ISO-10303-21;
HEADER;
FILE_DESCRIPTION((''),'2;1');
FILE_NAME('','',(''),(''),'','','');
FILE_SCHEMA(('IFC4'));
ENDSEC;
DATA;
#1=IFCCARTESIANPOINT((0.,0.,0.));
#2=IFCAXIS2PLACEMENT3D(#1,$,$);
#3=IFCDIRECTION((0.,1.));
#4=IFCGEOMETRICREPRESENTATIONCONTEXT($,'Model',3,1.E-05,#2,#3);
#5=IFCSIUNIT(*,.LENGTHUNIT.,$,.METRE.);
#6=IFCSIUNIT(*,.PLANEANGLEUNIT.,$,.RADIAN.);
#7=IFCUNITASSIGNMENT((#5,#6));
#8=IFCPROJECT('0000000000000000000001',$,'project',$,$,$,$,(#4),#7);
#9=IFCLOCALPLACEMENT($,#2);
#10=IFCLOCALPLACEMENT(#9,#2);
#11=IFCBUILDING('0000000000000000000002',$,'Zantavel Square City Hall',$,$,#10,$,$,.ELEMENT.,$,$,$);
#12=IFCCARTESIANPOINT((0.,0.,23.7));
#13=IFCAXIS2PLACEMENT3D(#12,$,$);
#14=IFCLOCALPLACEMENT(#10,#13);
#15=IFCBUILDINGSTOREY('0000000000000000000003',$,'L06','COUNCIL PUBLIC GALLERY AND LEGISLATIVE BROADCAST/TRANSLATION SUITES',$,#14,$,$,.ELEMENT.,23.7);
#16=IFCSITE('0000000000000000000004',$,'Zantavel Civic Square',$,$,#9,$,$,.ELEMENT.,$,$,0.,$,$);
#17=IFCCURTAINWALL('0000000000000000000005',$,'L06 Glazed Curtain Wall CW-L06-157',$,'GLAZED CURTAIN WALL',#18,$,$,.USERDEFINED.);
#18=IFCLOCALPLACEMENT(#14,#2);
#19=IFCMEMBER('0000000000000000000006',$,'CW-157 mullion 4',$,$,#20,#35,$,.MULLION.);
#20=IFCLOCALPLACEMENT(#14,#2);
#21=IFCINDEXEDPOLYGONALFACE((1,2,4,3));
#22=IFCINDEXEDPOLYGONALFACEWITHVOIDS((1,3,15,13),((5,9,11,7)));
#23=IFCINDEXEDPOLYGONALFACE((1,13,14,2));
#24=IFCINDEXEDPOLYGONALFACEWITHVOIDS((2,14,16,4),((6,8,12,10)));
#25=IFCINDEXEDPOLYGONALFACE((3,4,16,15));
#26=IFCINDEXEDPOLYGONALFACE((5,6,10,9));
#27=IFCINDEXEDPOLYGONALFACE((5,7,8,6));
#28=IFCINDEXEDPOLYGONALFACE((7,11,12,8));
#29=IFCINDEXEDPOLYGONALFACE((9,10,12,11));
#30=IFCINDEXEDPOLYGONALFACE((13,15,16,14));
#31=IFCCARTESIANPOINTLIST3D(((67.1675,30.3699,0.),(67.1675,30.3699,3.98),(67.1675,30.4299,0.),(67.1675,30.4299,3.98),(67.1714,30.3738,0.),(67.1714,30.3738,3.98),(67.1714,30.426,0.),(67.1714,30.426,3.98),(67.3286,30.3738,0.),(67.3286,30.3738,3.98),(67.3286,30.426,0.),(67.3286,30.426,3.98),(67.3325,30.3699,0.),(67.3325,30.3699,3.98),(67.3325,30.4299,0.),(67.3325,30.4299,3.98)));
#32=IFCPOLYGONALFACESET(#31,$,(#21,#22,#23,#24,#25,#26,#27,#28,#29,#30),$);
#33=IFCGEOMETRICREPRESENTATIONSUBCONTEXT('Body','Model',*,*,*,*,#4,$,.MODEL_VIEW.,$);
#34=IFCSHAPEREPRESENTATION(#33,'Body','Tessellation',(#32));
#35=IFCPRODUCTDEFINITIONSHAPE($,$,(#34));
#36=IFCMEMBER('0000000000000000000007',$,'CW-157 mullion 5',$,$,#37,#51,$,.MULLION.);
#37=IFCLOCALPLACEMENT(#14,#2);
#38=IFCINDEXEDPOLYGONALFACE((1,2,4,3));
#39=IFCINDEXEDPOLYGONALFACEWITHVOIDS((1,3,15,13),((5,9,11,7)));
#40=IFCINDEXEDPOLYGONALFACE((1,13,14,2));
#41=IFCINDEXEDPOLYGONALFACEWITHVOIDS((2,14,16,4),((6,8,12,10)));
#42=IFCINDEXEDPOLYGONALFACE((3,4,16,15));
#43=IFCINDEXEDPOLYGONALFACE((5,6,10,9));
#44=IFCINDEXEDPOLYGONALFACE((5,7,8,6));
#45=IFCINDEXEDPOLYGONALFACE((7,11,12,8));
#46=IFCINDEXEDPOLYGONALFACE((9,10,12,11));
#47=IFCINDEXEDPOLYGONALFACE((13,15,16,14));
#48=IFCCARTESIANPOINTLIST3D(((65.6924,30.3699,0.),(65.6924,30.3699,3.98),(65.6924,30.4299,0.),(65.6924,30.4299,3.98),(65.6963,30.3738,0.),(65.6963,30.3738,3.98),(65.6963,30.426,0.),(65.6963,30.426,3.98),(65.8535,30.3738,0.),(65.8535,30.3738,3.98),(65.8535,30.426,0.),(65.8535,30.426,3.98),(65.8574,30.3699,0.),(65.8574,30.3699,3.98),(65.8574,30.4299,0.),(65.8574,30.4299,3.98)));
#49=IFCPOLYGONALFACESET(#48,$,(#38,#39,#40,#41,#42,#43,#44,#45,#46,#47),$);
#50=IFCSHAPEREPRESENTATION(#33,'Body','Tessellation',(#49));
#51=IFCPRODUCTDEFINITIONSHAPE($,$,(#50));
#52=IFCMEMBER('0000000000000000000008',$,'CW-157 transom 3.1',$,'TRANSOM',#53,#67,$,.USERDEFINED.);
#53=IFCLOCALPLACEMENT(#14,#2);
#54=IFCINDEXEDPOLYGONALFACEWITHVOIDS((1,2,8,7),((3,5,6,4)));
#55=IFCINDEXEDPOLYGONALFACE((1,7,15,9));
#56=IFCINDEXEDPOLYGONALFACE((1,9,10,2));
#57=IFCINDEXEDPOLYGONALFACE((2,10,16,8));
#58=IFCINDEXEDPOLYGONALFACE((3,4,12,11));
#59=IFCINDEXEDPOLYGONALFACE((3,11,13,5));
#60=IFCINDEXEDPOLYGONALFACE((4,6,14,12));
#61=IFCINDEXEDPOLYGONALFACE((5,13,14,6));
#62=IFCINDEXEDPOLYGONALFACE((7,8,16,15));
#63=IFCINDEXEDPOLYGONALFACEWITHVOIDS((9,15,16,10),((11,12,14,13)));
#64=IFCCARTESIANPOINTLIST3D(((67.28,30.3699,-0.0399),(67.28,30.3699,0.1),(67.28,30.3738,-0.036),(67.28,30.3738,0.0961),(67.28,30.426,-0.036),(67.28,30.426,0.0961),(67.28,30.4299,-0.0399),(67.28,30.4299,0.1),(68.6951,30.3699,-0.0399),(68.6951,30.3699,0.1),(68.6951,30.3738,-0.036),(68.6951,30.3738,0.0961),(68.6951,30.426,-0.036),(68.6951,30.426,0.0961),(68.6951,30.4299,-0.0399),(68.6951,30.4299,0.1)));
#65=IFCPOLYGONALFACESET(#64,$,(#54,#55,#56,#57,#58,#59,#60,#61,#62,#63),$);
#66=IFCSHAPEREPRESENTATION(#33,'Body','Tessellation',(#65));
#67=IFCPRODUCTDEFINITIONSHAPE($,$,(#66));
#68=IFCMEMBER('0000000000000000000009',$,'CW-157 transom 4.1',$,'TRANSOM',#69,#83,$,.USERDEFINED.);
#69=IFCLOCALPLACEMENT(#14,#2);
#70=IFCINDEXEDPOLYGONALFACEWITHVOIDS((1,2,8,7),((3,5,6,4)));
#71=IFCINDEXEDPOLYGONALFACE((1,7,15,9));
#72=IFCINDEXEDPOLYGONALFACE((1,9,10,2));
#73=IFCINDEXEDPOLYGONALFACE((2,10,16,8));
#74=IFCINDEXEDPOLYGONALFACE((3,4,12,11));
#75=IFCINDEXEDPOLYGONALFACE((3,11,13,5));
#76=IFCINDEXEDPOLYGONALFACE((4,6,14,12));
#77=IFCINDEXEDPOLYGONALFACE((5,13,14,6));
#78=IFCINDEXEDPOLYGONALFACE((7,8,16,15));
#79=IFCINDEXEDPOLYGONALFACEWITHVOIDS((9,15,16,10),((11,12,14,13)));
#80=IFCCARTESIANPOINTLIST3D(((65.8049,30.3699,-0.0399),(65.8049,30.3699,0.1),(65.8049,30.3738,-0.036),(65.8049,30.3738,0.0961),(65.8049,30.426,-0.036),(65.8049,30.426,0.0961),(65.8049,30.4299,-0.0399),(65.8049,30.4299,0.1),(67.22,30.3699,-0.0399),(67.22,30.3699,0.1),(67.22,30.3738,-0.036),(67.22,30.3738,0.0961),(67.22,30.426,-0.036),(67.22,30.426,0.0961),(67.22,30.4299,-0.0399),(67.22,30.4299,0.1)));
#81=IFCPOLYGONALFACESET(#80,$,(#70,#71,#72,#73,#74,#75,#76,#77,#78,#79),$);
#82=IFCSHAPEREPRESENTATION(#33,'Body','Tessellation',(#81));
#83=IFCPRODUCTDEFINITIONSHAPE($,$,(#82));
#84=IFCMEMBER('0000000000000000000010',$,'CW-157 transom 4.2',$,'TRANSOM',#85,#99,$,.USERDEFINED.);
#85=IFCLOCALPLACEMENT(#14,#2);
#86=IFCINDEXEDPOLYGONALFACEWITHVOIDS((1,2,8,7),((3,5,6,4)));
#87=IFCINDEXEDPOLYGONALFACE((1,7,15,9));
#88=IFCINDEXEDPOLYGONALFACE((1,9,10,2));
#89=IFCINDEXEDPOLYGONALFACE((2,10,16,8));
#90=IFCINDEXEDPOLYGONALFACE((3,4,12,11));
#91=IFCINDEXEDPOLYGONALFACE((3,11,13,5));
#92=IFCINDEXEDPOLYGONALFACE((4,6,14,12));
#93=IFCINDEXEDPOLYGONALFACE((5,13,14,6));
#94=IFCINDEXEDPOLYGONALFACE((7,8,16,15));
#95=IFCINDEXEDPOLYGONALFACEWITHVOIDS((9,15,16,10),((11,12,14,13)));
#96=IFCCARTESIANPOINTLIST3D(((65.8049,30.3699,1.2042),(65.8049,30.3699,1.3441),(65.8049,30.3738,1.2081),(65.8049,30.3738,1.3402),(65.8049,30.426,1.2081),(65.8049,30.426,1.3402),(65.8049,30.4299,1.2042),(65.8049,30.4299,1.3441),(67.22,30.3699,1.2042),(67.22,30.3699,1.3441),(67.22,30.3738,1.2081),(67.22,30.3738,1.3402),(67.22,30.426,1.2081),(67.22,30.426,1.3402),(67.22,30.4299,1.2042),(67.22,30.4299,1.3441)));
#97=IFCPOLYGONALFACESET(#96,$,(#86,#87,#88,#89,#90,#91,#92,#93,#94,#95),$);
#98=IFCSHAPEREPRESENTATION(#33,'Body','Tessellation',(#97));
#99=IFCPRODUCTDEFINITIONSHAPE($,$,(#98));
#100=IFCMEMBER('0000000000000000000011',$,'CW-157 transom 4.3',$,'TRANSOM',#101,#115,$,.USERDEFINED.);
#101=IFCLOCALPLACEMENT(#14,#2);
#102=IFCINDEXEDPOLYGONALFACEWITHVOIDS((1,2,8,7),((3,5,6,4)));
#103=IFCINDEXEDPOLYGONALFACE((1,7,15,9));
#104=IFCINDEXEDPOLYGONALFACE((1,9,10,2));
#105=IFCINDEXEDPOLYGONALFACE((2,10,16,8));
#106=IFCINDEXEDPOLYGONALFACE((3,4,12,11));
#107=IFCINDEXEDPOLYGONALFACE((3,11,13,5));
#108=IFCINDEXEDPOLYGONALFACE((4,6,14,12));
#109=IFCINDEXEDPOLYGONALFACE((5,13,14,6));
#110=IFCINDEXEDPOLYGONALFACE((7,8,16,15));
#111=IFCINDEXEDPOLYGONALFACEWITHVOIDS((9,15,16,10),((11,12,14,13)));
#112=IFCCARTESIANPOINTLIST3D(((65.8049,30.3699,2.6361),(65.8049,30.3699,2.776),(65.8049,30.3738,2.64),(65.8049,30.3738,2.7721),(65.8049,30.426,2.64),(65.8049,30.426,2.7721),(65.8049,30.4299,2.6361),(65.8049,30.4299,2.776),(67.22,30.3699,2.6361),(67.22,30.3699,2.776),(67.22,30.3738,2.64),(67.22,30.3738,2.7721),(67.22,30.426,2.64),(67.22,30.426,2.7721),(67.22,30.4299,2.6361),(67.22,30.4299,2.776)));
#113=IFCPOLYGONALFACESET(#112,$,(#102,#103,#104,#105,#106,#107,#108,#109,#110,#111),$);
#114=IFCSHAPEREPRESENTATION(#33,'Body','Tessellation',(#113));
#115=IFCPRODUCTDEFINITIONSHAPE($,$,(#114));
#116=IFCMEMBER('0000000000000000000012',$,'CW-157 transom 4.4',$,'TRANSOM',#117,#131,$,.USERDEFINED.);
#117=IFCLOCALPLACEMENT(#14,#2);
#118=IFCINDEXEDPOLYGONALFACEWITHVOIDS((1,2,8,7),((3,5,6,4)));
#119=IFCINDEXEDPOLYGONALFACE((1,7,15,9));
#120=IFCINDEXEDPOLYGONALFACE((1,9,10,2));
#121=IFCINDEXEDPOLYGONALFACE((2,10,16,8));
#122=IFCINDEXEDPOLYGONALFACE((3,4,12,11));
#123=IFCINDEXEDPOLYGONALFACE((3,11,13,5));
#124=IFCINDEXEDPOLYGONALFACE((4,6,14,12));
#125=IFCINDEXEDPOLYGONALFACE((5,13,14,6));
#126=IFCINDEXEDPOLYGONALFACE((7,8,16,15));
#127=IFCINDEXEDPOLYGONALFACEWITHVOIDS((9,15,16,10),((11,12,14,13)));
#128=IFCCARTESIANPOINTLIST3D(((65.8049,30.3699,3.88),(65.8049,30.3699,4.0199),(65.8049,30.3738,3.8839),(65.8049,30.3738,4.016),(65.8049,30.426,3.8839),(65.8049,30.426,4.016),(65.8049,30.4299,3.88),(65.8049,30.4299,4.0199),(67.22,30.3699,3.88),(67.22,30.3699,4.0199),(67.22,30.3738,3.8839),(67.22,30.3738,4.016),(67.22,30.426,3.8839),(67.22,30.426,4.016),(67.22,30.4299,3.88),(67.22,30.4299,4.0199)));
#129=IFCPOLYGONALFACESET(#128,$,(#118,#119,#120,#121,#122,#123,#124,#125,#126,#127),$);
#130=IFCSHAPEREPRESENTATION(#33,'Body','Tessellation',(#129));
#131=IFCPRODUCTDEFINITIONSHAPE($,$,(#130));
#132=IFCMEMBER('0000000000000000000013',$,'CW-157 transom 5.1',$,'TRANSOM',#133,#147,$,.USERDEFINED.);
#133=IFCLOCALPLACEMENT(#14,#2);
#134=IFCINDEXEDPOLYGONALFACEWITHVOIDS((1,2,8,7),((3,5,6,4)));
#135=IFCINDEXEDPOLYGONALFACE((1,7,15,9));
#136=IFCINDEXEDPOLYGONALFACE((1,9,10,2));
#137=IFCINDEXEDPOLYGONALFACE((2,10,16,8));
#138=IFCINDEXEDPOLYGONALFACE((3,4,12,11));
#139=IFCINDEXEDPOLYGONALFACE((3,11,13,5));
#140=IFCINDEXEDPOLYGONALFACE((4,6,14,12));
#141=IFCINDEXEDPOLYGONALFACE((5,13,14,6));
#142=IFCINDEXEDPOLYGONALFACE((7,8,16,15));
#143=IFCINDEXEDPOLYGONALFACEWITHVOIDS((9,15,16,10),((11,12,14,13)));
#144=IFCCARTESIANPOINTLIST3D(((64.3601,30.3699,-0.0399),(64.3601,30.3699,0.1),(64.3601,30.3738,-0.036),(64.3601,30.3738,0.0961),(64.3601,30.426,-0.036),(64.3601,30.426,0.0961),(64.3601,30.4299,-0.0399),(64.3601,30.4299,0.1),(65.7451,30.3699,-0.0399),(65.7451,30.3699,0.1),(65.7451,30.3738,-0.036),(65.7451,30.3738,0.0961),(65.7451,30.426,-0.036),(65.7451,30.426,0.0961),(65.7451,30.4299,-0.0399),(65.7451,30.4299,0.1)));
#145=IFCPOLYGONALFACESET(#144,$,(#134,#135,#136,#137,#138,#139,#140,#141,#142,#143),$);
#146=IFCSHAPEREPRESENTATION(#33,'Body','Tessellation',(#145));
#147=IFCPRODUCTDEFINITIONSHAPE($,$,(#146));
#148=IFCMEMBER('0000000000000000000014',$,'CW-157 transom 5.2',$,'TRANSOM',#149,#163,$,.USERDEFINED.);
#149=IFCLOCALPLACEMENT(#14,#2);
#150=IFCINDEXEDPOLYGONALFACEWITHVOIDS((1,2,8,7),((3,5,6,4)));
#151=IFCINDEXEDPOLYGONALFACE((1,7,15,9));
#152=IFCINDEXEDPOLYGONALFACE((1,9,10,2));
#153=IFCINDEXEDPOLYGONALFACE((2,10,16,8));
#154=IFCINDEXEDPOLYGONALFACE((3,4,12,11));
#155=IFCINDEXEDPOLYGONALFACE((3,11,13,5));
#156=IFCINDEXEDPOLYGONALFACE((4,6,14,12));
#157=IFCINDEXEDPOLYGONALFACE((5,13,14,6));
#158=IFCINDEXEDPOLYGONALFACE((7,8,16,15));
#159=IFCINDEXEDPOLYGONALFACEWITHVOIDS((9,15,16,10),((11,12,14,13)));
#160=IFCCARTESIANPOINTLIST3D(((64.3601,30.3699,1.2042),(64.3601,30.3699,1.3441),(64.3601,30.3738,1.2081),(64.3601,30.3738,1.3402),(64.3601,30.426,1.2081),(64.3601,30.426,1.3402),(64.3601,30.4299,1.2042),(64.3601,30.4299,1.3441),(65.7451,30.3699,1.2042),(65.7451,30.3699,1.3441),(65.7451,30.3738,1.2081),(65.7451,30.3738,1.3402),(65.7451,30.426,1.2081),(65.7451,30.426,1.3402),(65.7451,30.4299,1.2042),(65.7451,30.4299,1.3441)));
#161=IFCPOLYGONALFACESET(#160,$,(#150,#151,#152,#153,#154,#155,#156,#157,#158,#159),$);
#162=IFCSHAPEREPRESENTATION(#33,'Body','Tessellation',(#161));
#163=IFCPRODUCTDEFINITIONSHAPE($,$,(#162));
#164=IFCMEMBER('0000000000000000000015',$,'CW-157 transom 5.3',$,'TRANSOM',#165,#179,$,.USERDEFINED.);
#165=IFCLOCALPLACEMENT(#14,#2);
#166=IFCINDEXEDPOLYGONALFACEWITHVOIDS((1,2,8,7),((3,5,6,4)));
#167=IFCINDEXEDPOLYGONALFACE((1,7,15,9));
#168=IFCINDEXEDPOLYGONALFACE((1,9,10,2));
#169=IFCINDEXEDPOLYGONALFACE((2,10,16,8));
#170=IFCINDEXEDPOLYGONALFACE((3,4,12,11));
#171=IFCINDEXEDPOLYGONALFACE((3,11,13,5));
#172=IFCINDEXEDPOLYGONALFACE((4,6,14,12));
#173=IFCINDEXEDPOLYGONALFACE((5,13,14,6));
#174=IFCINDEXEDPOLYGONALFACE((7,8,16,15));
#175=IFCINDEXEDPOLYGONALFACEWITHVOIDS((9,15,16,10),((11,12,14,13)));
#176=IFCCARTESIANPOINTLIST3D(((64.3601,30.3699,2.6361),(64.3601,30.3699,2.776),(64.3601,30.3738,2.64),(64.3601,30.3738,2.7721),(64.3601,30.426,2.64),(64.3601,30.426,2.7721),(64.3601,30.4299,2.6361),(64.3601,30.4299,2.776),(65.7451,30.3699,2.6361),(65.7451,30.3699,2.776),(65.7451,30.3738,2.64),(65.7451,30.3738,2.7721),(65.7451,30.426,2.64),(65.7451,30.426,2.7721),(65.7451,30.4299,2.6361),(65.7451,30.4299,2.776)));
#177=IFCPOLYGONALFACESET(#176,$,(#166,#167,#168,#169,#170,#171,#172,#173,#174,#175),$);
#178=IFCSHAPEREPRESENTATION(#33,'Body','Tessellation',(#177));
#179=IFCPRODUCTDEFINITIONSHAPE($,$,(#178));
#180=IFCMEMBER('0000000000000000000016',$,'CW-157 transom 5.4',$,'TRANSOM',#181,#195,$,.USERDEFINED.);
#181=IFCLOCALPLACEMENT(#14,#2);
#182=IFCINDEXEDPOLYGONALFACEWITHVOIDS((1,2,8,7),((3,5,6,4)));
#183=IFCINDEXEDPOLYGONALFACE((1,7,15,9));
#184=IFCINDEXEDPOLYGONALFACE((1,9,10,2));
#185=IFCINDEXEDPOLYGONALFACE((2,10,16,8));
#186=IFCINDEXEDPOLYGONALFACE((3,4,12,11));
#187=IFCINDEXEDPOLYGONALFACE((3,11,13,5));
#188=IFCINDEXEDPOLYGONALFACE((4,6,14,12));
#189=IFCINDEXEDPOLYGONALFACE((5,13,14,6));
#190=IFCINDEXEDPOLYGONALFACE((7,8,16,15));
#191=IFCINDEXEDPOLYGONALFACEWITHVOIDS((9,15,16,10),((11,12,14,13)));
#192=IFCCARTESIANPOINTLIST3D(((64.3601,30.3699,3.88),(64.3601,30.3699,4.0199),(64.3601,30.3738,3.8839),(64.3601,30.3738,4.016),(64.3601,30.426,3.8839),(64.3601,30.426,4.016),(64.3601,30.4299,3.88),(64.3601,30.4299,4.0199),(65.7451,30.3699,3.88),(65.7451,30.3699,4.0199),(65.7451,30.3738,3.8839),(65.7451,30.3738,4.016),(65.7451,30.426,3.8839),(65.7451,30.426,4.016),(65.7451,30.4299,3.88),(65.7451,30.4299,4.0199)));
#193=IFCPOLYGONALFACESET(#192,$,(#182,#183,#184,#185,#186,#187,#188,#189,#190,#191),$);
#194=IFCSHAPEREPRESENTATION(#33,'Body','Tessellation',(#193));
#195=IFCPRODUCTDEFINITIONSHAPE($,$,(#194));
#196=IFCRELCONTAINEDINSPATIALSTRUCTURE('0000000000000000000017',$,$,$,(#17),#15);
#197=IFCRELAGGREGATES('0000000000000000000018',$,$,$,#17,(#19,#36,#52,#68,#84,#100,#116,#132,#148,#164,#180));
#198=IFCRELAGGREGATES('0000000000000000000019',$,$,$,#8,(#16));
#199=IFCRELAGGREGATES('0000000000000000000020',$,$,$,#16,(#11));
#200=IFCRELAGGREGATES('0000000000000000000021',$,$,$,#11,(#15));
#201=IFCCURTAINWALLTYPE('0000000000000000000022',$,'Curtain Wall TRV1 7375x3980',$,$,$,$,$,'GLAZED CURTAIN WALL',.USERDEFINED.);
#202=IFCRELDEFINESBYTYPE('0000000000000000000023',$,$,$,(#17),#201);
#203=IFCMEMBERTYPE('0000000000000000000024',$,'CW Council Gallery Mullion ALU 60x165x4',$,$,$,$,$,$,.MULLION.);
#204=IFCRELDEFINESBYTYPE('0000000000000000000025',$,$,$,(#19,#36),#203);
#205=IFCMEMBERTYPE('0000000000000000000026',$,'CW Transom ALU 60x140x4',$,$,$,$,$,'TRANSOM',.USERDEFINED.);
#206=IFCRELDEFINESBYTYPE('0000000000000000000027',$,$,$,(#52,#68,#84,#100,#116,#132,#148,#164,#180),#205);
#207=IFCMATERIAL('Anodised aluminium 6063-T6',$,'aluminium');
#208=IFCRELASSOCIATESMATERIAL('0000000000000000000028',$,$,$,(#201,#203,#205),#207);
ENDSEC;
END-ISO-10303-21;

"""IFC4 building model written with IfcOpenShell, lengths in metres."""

from ifc_helpers import new_model, si_unit, direction, frame, origin, origin_2d, place, context, subcontext, project, spatial, hollow_rectangle, extrude, material, material_profile, profile_set, type_object, element, aggregate, save


model = new_model("IFC4")

# Units and contexts
model_context = context("Model", 3, precision=1e-05, world=origin(), true_north=direction((0.0, 1.0)))
body_context = subcontext(model_context, "Body", "Model", "MODEL_VIEW")
ifc_project = project(units=[si_unit("LENGTHUNIT", "METRE"), si_unit("PLANEANGLEUNIT", "RADIAN")], contexts=[model_context])

# Site, building, storey
site_placement = place(None, origin())
site = spatial("IfcSite", under=ifc_project, at=site_placement, Name="Zantavel Civic Square", CompositionType="ELEMENT", RefElevation=0.0)
building_placement = place(site_placement, origin())
building = spatial("IfcBuilding", under=site, at=building_placement, Name="Zantavel Square City Hall", CompositionType="ELEMENT")
storey_placement = place(building_placement, frame((0.0, 0.0, 23.7)))
storey = spatial("IfcBuildingStorey", under=building, at=storey_placement, Name="L06", Description="COUNCIL PUBLIC GALLERY AND LEGISLATIVE BROADCAST/TRANSLATION SUITES", CompositionType="ELEMENT", Elevation=23.7)

# Curtain wall, members
ifc_material_1 = material(Name="Anodised aluminium 6063-T6", Category="aluminium")
curtain_wall_type = type_object("IfcCurtainWallType", Name="Curtain Wall TRV1 7375x3980", ElementType="GLAZED CURTAIN WALL", PredefinedType="USERDEFINED", material=ifc_material_1)
curtain_wall_placement = place(storey_placement, origin())
curtain_wall = element("IfcCurtainWall", 1, at=curtain_wall_placement, inside=storey, type_object=curtain_wall_type, Name="L06 Glazed Curtain Wall CW-L06-157", ObjectType="GLAZED CURTAIN WALL", PredefinedType="USERDEFINED")
ifc_material_profile_1 = material_profile(ifc_material_1, hollow_rectangle(XDim=0.0601, YDim=0.165, WallThickness=0.0039, at=origin_2d()), Name="ALU 60x165x4")
ifc_profile_set_1 = profile_set([ifc_material_profile_1], Name="Anodised aluminium 6063-T6")
member_type_1 = type_object("IfcMemberType", Name="CW Council Gallery Mullion ALU 60x165x4", PredefinedType="MULLION", material=ifc_profile_set_1)
member_1_placement = place(storey_placement, frame((67.25, 30.3999, 0.0), z_axis=(0.0, 0.0, 1.0), x_axis=(0.0, -1.0, 0.0)))
member_1 = element("IfcMember", 2, at=member_1_placement, type_object=member_type_1, Name="CW-157 mullion 4", PredefinedType="MULLION", context=body_context, shape_type="SweptSolid", body=[
    extrude(hollow_rectangle(XDim=0.0601, YDim=0.165, WallThickness=0.0039, at=origin_2d()), origin(), (0.0, 0.0, 1.0), 3.98),
])
member_2_placement = place(storey_placement, frame((65.7749, 30.3999, 0.0), z_axis=(0.0, 0.0, 1.0), x_axis=(0.0, -1.0, 0.0)))
member_2 = element("IfcMember", 3, at=member_2_placement, type_object=member_type_1, Name="CW-157 mullion 5", PredefinedType="MULLION", context=body_context, shape_type="SweptSolid", body=[
    extrude(hollow_rectangle(XDim=0.0601, YDim=0.165, WallThickness=0.0039, at=origin_2d()), origin(), (0.0, 0.0, 1.0), 3.98),
])
ifc_material_profile_2 = material_profile(ifc_material_1, hollow_rectangle(XDim=0.0601, YDim=0.1399, WallThickness=0.0039, at=origin_2d()), Name="ALU 60x140x4")
ifc_profile_set_2 = profile_set([ifc_material_profile_2], Name="Anodised aluminium 6063-T6")
member_type_2 = type_object("IfcMemberType", Name="CW Transom ALU 60x140x4", ElementType="TRANSOM", PredefinedType="USERDEFINED", material=ifc_profile_set_2)
member_3_placement = place(storey_placement, frame((68.6951, 30.3999, 0.03), z_axis=(-1.0, 0.0, 0.0), x_axis=(0.0, -1.0, 0.0)))
member_3 = element("IfcMember", 4, at=member_3_placement, type_object=member_type_2, Name="CW-157 transom 3.1", ObjectType="TRANSOM", PredefinedType="USERDEFINED", context=body_context, shape_type="SweptSolid", body=[
    extrude(hollow_rectangle(XDim=0.0601, YDim=0.1399, WallThickness=0.0039, at=origin_2d()), origin(), (0.0, 0.0, 1.0), 1.415),
])
member_4_placement = place(storey_placement, frame((67.22, 30.3999, 0.03), z_axis=(-1.0, 0.0, 0.0), x_axis=(0.0, -1.0, 0.0)))
member_4 = element("IfcMember", 5, at=member_4_placement, type_object=member_type_2, Name="CW-157 transom 4.1", ObjectType="TRANSOM", PredefinedType="USERDEFINED", context=body_context, shape_type="SweptSolid", body=[
    extrude(hollow_rectangle(XDim=0.0601, YDim=0.1399, WallThickness=0.0039, at=origin_2d()), origin(), (0.0, 0.0, 1.0), 1.415),
])
member_5_placement = place(storey_placement, frame((67.22, 30.3999, 1.2742), z_axis=(-1.0, 0.0, 0.0), x_axis=(0.0, -1.0, 0.0)))
member_5 = element("IfcMember", 6, at=member_5_placement, type_object=member_type_2, Name="CW-157 transom 4.2", ObjectType="TRANSOM", PredefinedType="USERDEFINED", context=body_context, shape_type="SweptSolid", body=[
    extrude(hollow_rectangle(XDim=0.0601, YDim=0.1399, WallThickness=0.0039, at=origin_2d()), origin(), (0.0, 0.0, 1.0), 1.415),
])
member_6_placement = place(storey_placement, frame((67.22, 30.3999, 2.7061), z_axis=(-1.0, 0.0, 0.0), x_axis=(0.0, -1.0, 0.0)))
member_6 = element("IfcMember", 7, at=member_6_placement, type_object=member_type_2, Name="CW-157 transom 4.3", ObjectType="TRANSOM", PredefinedType="USERDEFINED", context=body_context, shape_type="SweptSolid", body=[
    extrude(hollow_rectangle(XDim=0.0601, YDim=0.1399, WallThickness=0.0039, at=origin_2d()), origin(), (0.0, 0.0, 1.0), 1.415),
])
member_7_placement = place(storey_placement, frame((67.22, 30.3999, 3.95), z_axis=(-1.0, 0.0, 0.0), x_axis=(0.0, -1.0, 0.0)))
member_7 = element("IfcMember", 8, at=member_7_placement, type_object=member_type_2, Name="CW-157 transom 4.4", ObjectType="TRANSOM", PredefinedType="USERDEFINED", context=body_context, shape_type="SweptSolid", body=[
    extrude(hollow_rectangle(XDim=0.0601, YDim=0.1399, WallThickness=0.0039, at=origin_2d()), origin(), (0.0, 0.0, 1.0), 1.415),
])
member_8_placement = place(storey_placement, frame((65.7451, 30.3999, 0.03), z_axis=(-1.0, 0.0, 0.0), x_axis=(0.0, -1.0, 0.0)))
member_8 = element("IfcMember", 9, at=member_8_placement, type_object=member_type_2, Name="CW-157 transom 5.1", ObjectType="TRANSOM", PredefinedType="USERDEFINED", context=body_context, shape_type="SweptSolid", body=[
    extrude(hollow_rectangle(XDim=0.0601, YDim=0.1399, WallThickness=0.0039, at=origin_2d()), origin(), (0.0, 0.0, 1.0), 1.385),
])
member_9_placement = place(storey_placement, frame((65.7451, 30.3999, 1.2742), z_axis=(-1.0, 0.0, 0.0), x_axis=(0.0, -1.0, 0.0)))
member_9 = element("IfcMember", 10, at=member_9_placement, type_object=member_type_2, Name="CW-157 transom 5.2", ObjectType="TRANSOM", PredefinedType="USERDEFINED", context=body_context, shape_type="SweptSolid", body=[
    extrude(hollow_rectangle(XDim=0.0601, YDim=0.1399, WallThickness=0.0039, at=origin_2d()), origin(), (0.0, 0.0, 1.0), 1.385),
])
member_10_placement = place(storey_placement, frame((65.7451, 30.3999, 2.7061), z_axis=(-1.0, 0.0, 0.0), x_axis=(0.0, -1.0, 0.0)))
member_10 = element("IfcMember", 11, at=member_10_placement, type_object=member_type_2, Name="CW-157 transom 5.3", ObjectType="TRANSOM", PredefinedType="USERDEFINED", context=body_context, shape_type="SweptSolid", body=[
    extrude(hollow_rectangle(XDim=0.0601, YDim=0.1399, WallThickness=0.0039, at=origin_2d()), origin(), (0.0, 0.0, 1.0), 1.385),
])
member_11_placement = place(storey_placement, frame((65.7451, 30.3999, 3.95), z_axis=(-1.0, 0.0, 0.0), x_axis=(0.0, -1.0, 0.0)))
member_11 = element("IfcMember", 12, at=member_11_placement, type_object=member_type_2, Name="CW-157 transom 5.4", ObjectType="TRANSOM", PredefinedType="USERDEFINED", context=body_context, shape_type="SweptSolid", body=[
    extrude(hollow_rectangle(XDim=0.0601, YDim=0.1399, WallThickness=0.0039, at=origin_2d()), origin(), (0.0, 0.0, 1.0), 1.385),
])
aggregate(curtain_wall, [member_1, member_2, member_3, member_4, member_5, member_6, member_7, member_8, member_9, member_10, member_11])

save(model, "model.ifc")
